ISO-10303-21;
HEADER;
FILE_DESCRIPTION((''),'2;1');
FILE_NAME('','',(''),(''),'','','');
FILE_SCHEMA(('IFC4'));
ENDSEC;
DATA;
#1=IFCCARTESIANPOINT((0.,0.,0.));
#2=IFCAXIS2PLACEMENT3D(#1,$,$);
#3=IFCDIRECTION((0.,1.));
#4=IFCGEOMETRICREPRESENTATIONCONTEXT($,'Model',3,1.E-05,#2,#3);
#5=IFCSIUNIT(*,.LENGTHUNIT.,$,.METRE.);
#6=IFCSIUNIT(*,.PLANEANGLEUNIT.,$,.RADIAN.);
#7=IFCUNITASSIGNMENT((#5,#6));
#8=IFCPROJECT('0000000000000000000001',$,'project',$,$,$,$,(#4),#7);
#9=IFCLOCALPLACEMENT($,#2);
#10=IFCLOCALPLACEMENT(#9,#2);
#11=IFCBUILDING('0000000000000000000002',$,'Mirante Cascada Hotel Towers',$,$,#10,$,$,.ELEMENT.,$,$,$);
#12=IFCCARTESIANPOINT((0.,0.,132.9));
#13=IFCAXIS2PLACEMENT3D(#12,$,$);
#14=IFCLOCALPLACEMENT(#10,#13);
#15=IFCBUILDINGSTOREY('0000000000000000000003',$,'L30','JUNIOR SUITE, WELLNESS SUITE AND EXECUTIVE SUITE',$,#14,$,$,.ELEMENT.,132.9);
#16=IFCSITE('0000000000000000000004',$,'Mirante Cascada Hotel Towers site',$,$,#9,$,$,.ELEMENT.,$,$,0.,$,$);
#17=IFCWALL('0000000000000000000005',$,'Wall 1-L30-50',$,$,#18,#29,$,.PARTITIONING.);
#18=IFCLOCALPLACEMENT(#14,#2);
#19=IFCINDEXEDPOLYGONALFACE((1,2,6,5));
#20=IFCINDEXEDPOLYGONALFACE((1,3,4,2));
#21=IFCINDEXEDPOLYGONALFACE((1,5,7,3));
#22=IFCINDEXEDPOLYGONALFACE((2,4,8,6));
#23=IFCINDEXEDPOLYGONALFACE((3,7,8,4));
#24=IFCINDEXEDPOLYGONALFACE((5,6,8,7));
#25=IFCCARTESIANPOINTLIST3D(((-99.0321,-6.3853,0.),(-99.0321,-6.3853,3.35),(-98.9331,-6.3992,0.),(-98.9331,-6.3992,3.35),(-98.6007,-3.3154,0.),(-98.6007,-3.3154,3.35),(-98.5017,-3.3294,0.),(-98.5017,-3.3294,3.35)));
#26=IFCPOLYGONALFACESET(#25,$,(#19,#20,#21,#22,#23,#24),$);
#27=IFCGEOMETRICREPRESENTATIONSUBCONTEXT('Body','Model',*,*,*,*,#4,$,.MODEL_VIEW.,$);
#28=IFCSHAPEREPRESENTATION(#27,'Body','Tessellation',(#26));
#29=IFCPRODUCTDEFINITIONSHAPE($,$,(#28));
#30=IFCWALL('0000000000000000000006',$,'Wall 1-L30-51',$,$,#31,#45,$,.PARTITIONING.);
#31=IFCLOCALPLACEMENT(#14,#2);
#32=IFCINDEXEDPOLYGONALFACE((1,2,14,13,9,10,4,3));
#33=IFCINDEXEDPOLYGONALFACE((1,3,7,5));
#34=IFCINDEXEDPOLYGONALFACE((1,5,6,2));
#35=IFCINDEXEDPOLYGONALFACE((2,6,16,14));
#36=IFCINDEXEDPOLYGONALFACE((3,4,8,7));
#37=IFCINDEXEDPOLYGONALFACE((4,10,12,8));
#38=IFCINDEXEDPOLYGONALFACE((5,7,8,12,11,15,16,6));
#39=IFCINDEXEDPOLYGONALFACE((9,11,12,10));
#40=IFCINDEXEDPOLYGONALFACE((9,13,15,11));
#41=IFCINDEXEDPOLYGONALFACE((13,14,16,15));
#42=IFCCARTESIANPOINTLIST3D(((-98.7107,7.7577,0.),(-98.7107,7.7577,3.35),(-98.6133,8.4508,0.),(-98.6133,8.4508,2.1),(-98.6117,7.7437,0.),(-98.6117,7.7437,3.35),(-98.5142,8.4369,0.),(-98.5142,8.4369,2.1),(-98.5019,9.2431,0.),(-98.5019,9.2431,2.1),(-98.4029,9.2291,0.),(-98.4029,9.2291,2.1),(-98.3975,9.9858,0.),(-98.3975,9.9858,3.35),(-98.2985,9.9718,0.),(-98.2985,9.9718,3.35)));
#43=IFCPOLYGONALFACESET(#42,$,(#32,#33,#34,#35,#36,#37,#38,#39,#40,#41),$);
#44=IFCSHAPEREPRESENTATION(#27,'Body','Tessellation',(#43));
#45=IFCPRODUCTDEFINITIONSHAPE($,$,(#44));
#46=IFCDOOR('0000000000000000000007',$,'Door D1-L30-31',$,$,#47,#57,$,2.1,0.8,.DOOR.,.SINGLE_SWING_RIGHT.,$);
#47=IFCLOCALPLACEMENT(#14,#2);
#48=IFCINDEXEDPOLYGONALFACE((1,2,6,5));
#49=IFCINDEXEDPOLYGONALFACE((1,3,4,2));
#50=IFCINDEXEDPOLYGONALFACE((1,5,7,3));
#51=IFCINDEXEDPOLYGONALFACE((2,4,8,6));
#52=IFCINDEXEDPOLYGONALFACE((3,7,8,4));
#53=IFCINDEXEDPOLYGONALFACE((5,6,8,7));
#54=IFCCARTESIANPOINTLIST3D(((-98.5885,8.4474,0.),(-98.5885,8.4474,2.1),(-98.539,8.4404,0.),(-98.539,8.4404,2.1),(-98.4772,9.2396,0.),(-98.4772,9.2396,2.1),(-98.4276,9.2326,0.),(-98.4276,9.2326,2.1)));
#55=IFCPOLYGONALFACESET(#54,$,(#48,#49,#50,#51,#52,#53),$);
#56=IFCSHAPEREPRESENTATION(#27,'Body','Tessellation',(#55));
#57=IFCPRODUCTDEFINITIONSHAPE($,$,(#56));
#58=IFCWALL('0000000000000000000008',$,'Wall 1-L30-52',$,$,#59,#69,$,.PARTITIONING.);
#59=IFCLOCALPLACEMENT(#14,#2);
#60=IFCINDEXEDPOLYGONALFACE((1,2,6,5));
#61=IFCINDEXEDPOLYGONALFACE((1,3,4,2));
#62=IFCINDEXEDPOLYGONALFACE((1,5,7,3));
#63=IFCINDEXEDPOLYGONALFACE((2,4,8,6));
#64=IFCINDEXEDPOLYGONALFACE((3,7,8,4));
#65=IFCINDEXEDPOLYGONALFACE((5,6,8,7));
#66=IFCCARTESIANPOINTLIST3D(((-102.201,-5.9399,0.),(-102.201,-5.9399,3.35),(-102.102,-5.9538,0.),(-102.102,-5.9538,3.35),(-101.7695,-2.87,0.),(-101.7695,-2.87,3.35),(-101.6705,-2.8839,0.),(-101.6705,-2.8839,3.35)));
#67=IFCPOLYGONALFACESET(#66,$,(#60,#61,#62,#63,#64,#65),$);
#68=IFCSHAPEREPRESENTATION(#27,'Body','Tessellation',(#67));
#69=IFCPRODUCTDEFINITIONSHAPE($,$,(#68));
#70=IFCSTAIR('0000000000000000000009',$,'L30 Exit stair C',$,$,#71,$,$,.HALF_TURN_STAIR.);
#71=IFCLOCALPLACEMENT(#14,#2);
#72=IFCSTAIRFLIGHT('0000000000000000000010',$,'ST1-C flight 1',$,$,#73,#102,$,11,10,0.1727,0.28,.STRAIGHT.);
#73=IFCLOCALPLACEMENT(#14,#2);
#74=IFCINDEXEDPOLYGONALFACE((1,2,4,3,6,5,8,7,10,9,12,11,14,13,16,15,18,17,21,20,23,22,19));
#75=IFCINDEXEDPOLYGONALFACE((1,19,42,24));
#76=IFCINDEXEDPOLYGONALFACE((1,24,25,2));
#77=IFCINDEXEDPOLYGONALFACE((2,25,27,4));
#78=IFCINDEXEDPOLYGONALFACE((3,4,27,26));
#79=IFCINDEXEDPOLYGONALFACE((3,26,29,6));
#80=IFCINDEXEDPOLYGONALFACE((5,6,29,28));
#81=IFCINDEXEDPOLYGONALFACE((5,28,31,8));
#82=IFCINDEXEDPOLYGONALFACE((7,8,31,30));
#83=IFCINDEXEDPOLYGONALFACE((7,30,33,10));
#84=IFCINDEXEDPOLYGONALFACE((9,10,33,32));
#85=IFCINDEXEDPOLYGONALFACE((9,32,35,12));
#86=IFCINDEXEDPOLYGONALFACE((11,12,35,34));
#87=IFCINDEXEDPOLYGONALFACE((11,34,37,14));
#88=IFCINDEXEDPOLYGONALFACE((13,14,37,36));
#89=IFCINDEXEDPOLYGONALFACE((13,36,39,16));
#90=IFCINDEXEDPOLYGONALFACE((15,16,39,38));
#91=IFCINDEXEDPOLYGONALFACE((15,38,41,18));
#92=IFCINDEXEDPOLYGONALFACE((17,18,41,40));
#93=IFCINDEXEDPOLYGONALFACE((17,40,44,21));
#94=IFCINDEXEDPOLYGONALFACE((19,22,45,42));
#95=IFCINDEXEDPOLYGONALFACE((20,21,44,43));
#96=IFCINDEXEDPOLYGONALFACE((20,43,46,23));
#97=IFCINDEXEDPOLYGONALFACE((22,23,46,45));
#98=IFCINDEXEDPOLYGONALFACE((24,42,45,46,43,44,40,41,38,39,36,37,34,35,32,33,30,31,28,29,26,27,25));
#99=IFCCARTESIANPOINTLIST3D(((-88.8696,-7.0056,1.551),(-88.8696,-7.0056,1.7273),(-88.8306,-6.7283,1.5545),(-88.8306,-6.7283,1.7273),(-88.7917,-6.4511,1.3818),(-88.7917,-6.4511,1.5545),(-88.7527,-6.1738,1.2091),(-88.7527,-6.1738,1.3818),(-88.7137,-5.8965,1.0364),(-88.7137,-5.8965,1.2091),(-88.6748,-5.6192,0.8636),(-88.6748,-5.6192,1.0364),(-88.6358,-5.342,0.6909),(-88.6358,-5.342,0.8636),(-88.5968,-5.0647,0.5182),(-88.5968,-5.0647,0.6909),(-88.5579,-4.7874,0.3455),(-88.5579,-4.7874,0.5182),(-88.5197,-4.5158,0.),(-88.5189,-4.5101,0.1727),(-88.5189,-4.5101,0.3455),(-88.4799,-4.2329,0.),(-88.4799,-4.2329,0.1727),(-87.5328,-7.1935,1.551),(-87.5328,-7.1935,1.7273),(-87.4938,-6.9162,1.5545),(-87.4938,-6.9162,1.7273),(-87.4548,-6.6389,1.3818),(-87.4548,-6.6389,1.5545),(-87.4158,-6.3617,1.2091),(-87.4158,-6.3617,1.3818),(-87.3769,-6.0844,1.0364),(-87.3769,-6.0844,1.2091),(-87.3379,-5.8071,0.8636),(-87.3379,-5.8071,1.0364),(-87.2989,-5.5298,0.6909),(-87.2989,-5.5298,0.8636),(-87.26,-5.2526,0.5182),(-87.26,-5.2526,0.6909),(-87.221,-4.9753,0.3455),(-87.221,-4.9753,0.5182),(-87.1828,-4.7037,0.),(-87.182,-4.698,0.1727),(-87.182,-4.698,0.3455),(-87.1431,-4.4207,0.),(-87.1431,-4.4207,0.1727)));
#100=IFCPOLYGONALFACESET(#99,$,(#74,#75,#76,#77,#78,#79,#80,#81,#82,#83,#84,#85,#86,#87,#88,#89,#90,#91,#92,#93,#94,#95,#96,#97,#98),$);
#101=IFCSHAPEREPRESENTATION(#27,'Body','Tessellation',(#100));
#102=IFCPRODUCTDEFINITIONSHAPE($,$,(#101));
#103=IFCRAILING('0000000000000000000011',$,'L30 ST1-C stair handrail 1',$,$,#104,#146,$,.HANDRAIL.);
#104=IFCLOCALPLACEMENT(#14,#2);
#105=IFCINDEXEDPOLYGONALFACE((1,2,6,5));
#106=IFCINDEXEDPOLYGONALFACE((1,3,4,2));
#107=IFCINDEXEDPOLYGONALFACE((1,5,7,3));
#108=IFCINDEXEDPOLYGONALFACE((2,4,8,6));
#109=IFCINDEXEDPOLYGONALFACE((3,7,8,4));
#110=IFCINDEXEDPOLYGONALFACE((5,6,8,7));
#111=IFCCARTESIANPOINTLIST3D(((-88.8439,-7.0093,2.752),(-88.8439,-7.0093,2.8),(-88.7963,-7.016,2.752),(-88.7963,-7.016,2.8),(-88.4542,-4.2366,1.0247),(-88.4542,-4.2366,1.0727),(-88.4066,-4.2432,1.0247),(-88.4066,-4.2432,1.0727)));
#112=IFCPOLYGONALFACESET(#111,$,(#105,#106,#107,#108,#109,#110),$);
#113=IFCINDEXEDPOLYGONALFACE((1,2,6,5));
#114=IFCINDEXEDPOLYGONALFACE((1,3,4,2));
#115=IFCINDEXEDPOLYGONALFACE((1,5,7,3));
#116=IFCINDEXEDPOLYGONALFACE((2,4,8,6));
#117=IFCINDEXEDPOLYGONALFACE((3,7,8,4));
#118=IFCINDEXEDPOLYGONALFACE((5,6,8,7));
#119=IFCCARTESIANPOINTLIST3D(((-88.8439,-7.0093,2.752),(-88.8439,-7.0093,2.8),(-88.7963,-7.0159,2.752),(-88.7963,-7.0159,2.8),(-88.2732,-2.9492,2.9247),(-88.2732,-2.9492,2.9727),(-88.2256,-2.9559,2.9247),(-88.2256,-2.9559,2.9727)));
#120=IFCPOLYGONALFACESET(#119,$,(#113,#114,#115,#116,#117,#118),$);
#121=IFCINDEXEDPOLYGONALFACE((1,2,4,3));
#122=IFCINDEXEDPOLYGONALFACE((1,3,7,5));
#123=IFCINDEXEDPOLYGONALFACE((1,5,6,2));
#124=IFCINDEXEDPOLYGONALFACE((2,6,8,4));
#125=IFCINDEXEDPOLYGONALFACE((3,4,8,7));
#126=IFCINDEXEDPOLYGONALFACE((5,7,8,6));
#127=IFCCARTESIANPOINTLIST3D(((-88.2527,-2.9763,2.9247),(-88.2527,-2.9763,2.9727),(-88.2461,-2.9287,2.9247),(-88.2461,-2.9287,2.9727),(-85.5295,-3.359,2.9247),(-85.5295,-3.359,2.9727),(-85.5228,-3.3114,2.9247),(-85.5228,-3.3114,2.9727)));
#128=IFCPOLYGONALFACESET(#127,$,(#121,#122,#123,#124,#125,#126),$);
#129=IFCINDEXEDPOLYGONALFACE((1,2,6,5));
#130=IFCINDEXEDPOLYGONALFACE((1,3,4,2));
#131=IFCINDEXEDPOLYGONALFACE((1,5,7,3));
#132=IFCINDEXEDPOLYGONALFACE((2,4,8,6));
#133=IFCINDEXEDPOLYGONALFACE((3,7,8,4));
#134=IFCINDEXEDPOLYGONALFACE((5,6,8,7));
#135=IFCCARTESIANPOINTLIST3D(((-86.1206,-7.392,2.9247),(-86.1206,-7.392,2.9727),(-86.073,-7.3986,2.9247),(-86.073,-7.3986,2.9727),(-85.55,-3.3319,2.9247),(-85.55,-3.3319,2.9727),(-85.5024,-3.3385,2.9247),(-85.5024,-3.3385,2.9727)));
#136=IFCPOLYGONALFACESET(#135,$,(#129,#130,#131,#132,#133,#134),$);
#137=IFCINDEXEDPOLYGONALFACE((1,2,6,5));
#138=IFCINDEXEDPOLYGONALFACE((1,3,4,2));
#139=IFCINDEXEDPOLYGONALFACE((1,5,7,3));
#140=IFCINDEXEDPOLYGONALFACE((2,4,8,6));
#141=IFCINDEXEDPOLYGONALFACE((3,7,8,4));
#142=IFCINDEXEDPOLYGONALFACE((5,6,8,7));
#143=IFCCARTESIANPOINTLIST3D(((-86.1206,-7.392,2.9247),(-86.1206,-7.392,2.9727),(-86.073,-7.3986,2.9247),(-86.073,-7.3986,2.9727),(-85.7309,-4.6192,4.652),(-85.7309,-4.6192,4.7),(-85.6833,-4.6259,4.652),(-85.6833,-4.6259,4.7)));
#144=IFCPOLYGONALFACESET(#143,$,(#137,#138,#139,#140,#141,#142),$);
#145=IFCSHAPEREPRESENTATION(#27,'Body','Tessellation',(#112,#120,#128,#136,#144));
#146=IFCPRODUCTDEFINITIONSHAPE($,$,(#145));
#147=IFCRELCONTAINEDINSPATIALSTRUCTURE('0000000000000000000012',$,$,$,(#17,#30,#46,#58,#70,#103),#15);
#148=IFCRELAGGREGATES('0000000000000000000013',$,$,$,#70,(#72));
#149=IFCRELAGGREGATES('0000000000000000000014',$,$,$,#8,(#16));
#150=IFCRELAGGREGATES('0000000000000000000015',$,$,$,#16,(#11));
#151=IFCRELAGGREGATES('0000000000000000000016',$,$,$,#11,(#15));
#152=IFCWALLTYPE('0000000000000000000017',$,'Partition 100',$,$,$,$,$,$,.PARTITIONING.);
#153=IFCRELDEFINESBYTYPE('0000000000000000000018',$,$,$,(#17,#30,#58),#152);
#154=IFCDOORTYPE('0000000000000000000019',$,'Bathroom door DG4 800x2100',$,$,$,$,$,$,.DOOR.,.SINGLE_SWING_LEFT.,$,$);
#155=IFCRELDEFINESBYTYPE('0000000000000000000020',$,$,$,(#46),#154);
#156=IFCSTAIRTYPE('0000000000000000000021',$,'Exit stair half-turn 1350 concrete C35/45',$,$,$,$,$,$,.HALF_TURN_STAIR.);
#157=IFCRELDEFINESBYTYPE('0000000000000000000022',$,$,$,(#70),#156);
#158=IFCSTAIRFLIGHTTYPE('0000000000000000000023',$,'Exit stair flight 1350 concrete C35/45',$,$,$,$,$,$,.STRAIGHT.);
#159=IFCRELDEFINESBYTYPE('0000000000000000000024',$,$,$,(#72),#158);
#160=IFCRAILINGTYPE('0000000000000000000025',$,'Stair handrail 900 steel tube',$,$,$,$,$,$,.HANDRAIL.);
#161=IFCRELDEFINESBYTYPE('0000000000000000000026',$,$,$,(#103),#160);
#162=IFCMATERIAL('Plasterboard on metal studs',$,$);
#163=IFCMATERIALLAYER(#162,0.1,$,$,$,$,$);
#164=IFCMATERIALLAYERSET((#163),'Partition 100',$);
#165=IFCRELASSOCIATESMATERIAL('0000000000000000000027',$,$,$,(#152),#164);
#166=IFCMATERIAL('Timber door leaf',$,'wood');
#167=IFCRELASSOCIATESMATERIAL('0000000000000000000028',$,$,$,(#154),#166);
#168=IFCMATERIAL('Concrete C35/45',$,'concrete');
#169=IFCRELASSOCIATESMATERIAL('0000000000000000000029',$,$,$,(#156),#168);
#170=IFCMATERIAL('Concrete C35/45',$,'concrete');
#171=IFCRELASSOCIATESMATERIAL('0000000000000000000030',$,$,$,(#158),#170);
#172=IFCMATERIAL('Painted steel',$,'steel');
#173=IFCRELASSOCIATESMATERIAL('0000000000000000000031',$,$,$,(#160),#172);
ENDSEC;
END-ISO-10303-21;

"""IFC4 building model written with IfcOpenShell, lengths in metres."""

from ifc_helpers import new_model, si_unit, direction, frame, frame_2d, origin, origin_2d, place, context, subcontext, project, spatial, polyline, rectangle, outline, extrude, material, layer, layer_set, type_object, element, fill, aggregate, save


model = new_model("IFC4")

# Units and contexts
model_context = context("Model", 3, precision=1e-05, world=origin(), true_north=direction((0.0, 1.0)))
body_context = subcontext(model_context, "Body", "Model", "MODEL_VIEW")
ifc_project = project(units=[si_unit("LENGTHUNIT", "METRE"), si_unit("PLANEANGLEUNIT", "RADIAN")], contexts=[model_context])

# Site, building, storey
site_placement = place(None, origin())
site = spatial("IfcSite", under=ifc_project, at=site_placement, Name="Mirante Cascada Hotel Towers site", CompositionType="ELEMENT", RefElevation=0.0)
building_placement = place(site_placement, origin())
building = spatial("IfcBuilding", under=site, at=building_placement, Name="Mirante Cascada Hotel Towers", CompositionType="ELEMENT")
storey_placement = place(building_placement, frame((0.0, 0.0, 132.9)))
storey = spatial("IfcBuildingStorey", under=building, at=storey_placement, Name="L30", Description="JUNIOR SUITE, WELLNESS SUITE AND EXECUTIVE SUITE", CompositionType="ELEMENT", Elevation=132.9)

# Shared definitions
ifc_material_1 = material(Name="Plasterboard on metal studs")
ifc_layer_1 = layer(ifc_material_1, 0.1)
ifc_layer_set_1 = layer_set([ifc_layer_1], Name="Partition 100")
wall_type_1 = type_object("IfcWallType", Name="Partition 100", PredefinedType="PARTITIONING", material=ifc_layer_set_1)
ifc_material_2 = material(Name="Timber door leaf", Category="wood")
door_type = type_object("IfcDoorType", Name="Bathroom door DG4 800x2100", OperationType="SINGLE_SWING_LEFT", PredefinedType="DOOR", material=ifc_material_2)

# Wall
wall_1_placement = place(storey_placement, frame((-98.5512, -3.3224, 0.0), z_axis=(0.0, 0.0, 1.0), x_axis=(-0.139163, -0.99027, 0.0)))
element("IfcWall", 1, at=wall_1_placement, inside=storey, type_object=wall_type_1, Name="Wall 1-L30-50", PredefinedType="PARTITIONING", context=body_context, shape_type="SweptSolid", body=[
    extrude(rectangle(XDim=3.1, YDim=0.1, at=frame_2d((1.55, 0.0))), origin(), (0.0, 0.0, 1.0), 3.35),
])

# Wall, opening, door
wall_2_placement = place(storey_placement, frame((-98.6612, 7.7507, 0.0), z_axis=(0.0, 0.0, 1.0), x_axis=(0.1392, 0.990264, 0.0)))
wall_2 = element("IfcWall", 2, at=wall_2_placement, inside=storey, type_object=wall_type_1, Name="Wall 1-L30-51", PredefinedType="PARTITIONING", context=body_context, shape_type="SweptSolid", body=[
    extrude(rectangle(XDim=2.25, YDim=0.1, at=frame_2d((1.125, 0.0))), origin(), (0.0, 0.0, 1.0), 3.35),
])
opening_1_placement = place(wall_2_placement, frame((0.7, 0.0, 0.0)))
opening_1 = element("IfcOpeningElement", 3, at=opening_1_placement, cuts=wall_2, PredefinedType="OPENING", context=body_context, shape_type="SweptSolid", body=[
    extrude(rectangle(XDim=0.8, YDim=2.1, at=frame_2d((0.4, 1.05))), frame((0.0, 0.05, 0.0), z_axis=(0.0, -1.0, 0.0), x_axis=(1.0, 0.0, 0.0)), (0.0, 0.0, 1.0), 0.1),
])
door_1_placement = place(opening_1_placement, frame((0.8, 0.0, 0.0), z_axis=(0.0, 0.0, 1.0), x_axis=(-1.0, 0.0, 0.0)))
door_1 = element("IfcDoor", 4, at=door_1_placement, inside=storey, type_object=door_type, Name="Door D1-L30-31", OperationType="SINGLE_SWING_RIGHT", OverallHeight=2.1, OverallWidth=0.8, PredefinedType="DOOR", context=body_context, shape_type="SweptSolid", body=[
    extrude(rectangle(XDim=0.8, YDim=2.1, at=frame_2d((0.4, 1.05))), frame((0.0, 0.025, 0.0), z_axis=(0.0, -1.0, 0.0), x_axis=(1.0, 0.0, 0.0)), (0.0, 0.0, 1.0), 0.05),
])
fill(opening_1, door_1)

# Wall
wall_3_placement = place(storey_placement, frame((-101.72, -2.877, 0.0), z_axis=(0.0, 0.0, 1.0), x_axis=(-0.13919, -0.990266, 0.0)))
element("IfcWall", 5, at=wall_3_placement, inside=storey, type_object=wall_type_1, Name="Wall 1-L30-52", PredefinedType="PARTITIONING", context=body_context, shape_type="SweptSolid", body=[
    extrude(rectangle(XDim=3.1001, YDim=0.1, at=frame_2d((1.55, 0.0))), origin(), (0.0, 0.0, 1.0), 3.35),
])

# Stair, stair flight
ifc_material_3 = material(Name="Concrete C35/45", Category="concrete")
stair_type = type_object("IfcStairType", Name="Exit stair half-turn 1350 concrete C35/45", PredefinedType="HALF_TURN_STAIR", material=ifc_material_3)
stair_placement = place(storey_placement, origin())
stair = element("IfcStair", 6, at=stair_placement, inside=storey, type_object=stair_type, Name="L30 Exit stair C", PredefinedType="HALF_TURN_STAIR")
ifc_material_4 = material(Name="Concrete C35/45", Category="concrete")
stair_flight_type = type_object("IfcStairFlightType", Name="Exit stair flight 1350 concrete C35/45", PredefinedType="STRAIGHT", material=ifc_material_4)
stair_flight_placement = place(storey_placement, frame((-87.8115, -4.3268, 0.0), z_axis=(0.0, 0.0, 1.0), x_axis=(-0.139173, -0.990268, 0.0)))
stair_flight = element("IfcStairFlight", 7, at=stair_flight_placement, type_object=stair_flight_type, Name="ST1-C flight 1", NumberOfRisers=11, NumberOfTreads=10, PredefinedType="STRAIGHT", RiserHeight=0.1727, TreadLength=0.28, context=body_context, shape_type="SweptSolid", body=[
    extrude(outline(polyline([(0.0, 0.0), (0.0, 0.1727), (0.28, 0.1727), (0.28, 0.3455), (0.56, 0.3455), (0.56, 0.5182), (0.84, 0.5182), (0.84, 0.6909), (1.12, 0.6909), (1.12, 0.8636), (1.4, 0.8636), (1.4, 1.0364), (1.68, 1.0364), (1.68, 1.2091), (1.96, 1.2091), (1.96, 1.3818), (2.24, 1.3818), (2.24, 1.5545), (2.52, 1.5545), (2.52, 1.7273), (2.8, 1.7273), (2.8, 1.9), (2.8, 1.551), (0.2857, 0.0), (0.0, 0.0)])), frame((0.0, 0.675, 0.0), z_axis=(0.0, -1.0, 0.0), x_axis=(1.0, 0.0, 0.0)), (0.0, 0.0, 1.0), 1.35),
])
aggregate(stair, [stair_flight])

# Railing
ifc_material_5 = material(Name="Painted steel", Category="steel")
railing_type = type_object("IfcRailingType", Name="Stair handrail 900 steel tube", PredefinedType="HANDRAIL", material=ifc_material_5)
railing_placement = place(storey_placement, frame((-88.4304, -4.2399, 0.1727)))
element("IfcRailing", 8, at=railing_placement, inside=storey, type_object=railing_type, Name="L30 ST1-C stair handrail 1", PredefinedType="HANDRAIL", context=body_context, shape_type="SweptSolid", body=[
    extrude(rectangle(XDim=0.048, YDim=0.048, at=origin_2d()), frame((0.0, 0.0, 0.876), z_axis=(-0.139181, -0.990267, 0.0), x_axis=(0.990267, -0.139181, 0.0)), (0.0, 0.525035, 0.851081), 3.2899),
    extrude(rectangle(XDim=0.048, YDim=0.048, at=origin_2d()), frame((-0.3897, -2.7727, 2.6033), z_axis=(0.139195, 0.990265, 0.0), x_axis=(-0.990265, 0.139195, 0.0)), (0.0, 0.042084, 0.999114), 4.1036),
    extrude(rectangle(XDim=0.048, YDim=0.048, at=origin_2d()), frame((0.181, 1.2874, 2.776), z_axis=(0.990269, -0.139166, 0.0), x_axis=(0.139166, 0.990269, 0.0)), (0.0, 0.0, 1.0), 2.75),
    extrude(rectangle(XDim=0.048, YDim=0.048, at=origin_2d()), frame((2.9042, 0.9047, 2.776), z_axis=(-0.139171, -0.990268, 0.0), x_axis=(0.990268, -0.139171, 0.0)), (0.0, 0.0, 1.0), 4.1),
    extrude(rectangle(XDim=0.048, YDim=0.048, at=origin_2d()), frame((2.3336, -3.1554, 2.776), z_axis=(0.139181, 0.990267, 0.0), x_axis=(-0.990267, 0.139181, 0.0)), (0.0, 0.525035, 0.851081), 3.2899),
])

save(model, "model.ifc")
